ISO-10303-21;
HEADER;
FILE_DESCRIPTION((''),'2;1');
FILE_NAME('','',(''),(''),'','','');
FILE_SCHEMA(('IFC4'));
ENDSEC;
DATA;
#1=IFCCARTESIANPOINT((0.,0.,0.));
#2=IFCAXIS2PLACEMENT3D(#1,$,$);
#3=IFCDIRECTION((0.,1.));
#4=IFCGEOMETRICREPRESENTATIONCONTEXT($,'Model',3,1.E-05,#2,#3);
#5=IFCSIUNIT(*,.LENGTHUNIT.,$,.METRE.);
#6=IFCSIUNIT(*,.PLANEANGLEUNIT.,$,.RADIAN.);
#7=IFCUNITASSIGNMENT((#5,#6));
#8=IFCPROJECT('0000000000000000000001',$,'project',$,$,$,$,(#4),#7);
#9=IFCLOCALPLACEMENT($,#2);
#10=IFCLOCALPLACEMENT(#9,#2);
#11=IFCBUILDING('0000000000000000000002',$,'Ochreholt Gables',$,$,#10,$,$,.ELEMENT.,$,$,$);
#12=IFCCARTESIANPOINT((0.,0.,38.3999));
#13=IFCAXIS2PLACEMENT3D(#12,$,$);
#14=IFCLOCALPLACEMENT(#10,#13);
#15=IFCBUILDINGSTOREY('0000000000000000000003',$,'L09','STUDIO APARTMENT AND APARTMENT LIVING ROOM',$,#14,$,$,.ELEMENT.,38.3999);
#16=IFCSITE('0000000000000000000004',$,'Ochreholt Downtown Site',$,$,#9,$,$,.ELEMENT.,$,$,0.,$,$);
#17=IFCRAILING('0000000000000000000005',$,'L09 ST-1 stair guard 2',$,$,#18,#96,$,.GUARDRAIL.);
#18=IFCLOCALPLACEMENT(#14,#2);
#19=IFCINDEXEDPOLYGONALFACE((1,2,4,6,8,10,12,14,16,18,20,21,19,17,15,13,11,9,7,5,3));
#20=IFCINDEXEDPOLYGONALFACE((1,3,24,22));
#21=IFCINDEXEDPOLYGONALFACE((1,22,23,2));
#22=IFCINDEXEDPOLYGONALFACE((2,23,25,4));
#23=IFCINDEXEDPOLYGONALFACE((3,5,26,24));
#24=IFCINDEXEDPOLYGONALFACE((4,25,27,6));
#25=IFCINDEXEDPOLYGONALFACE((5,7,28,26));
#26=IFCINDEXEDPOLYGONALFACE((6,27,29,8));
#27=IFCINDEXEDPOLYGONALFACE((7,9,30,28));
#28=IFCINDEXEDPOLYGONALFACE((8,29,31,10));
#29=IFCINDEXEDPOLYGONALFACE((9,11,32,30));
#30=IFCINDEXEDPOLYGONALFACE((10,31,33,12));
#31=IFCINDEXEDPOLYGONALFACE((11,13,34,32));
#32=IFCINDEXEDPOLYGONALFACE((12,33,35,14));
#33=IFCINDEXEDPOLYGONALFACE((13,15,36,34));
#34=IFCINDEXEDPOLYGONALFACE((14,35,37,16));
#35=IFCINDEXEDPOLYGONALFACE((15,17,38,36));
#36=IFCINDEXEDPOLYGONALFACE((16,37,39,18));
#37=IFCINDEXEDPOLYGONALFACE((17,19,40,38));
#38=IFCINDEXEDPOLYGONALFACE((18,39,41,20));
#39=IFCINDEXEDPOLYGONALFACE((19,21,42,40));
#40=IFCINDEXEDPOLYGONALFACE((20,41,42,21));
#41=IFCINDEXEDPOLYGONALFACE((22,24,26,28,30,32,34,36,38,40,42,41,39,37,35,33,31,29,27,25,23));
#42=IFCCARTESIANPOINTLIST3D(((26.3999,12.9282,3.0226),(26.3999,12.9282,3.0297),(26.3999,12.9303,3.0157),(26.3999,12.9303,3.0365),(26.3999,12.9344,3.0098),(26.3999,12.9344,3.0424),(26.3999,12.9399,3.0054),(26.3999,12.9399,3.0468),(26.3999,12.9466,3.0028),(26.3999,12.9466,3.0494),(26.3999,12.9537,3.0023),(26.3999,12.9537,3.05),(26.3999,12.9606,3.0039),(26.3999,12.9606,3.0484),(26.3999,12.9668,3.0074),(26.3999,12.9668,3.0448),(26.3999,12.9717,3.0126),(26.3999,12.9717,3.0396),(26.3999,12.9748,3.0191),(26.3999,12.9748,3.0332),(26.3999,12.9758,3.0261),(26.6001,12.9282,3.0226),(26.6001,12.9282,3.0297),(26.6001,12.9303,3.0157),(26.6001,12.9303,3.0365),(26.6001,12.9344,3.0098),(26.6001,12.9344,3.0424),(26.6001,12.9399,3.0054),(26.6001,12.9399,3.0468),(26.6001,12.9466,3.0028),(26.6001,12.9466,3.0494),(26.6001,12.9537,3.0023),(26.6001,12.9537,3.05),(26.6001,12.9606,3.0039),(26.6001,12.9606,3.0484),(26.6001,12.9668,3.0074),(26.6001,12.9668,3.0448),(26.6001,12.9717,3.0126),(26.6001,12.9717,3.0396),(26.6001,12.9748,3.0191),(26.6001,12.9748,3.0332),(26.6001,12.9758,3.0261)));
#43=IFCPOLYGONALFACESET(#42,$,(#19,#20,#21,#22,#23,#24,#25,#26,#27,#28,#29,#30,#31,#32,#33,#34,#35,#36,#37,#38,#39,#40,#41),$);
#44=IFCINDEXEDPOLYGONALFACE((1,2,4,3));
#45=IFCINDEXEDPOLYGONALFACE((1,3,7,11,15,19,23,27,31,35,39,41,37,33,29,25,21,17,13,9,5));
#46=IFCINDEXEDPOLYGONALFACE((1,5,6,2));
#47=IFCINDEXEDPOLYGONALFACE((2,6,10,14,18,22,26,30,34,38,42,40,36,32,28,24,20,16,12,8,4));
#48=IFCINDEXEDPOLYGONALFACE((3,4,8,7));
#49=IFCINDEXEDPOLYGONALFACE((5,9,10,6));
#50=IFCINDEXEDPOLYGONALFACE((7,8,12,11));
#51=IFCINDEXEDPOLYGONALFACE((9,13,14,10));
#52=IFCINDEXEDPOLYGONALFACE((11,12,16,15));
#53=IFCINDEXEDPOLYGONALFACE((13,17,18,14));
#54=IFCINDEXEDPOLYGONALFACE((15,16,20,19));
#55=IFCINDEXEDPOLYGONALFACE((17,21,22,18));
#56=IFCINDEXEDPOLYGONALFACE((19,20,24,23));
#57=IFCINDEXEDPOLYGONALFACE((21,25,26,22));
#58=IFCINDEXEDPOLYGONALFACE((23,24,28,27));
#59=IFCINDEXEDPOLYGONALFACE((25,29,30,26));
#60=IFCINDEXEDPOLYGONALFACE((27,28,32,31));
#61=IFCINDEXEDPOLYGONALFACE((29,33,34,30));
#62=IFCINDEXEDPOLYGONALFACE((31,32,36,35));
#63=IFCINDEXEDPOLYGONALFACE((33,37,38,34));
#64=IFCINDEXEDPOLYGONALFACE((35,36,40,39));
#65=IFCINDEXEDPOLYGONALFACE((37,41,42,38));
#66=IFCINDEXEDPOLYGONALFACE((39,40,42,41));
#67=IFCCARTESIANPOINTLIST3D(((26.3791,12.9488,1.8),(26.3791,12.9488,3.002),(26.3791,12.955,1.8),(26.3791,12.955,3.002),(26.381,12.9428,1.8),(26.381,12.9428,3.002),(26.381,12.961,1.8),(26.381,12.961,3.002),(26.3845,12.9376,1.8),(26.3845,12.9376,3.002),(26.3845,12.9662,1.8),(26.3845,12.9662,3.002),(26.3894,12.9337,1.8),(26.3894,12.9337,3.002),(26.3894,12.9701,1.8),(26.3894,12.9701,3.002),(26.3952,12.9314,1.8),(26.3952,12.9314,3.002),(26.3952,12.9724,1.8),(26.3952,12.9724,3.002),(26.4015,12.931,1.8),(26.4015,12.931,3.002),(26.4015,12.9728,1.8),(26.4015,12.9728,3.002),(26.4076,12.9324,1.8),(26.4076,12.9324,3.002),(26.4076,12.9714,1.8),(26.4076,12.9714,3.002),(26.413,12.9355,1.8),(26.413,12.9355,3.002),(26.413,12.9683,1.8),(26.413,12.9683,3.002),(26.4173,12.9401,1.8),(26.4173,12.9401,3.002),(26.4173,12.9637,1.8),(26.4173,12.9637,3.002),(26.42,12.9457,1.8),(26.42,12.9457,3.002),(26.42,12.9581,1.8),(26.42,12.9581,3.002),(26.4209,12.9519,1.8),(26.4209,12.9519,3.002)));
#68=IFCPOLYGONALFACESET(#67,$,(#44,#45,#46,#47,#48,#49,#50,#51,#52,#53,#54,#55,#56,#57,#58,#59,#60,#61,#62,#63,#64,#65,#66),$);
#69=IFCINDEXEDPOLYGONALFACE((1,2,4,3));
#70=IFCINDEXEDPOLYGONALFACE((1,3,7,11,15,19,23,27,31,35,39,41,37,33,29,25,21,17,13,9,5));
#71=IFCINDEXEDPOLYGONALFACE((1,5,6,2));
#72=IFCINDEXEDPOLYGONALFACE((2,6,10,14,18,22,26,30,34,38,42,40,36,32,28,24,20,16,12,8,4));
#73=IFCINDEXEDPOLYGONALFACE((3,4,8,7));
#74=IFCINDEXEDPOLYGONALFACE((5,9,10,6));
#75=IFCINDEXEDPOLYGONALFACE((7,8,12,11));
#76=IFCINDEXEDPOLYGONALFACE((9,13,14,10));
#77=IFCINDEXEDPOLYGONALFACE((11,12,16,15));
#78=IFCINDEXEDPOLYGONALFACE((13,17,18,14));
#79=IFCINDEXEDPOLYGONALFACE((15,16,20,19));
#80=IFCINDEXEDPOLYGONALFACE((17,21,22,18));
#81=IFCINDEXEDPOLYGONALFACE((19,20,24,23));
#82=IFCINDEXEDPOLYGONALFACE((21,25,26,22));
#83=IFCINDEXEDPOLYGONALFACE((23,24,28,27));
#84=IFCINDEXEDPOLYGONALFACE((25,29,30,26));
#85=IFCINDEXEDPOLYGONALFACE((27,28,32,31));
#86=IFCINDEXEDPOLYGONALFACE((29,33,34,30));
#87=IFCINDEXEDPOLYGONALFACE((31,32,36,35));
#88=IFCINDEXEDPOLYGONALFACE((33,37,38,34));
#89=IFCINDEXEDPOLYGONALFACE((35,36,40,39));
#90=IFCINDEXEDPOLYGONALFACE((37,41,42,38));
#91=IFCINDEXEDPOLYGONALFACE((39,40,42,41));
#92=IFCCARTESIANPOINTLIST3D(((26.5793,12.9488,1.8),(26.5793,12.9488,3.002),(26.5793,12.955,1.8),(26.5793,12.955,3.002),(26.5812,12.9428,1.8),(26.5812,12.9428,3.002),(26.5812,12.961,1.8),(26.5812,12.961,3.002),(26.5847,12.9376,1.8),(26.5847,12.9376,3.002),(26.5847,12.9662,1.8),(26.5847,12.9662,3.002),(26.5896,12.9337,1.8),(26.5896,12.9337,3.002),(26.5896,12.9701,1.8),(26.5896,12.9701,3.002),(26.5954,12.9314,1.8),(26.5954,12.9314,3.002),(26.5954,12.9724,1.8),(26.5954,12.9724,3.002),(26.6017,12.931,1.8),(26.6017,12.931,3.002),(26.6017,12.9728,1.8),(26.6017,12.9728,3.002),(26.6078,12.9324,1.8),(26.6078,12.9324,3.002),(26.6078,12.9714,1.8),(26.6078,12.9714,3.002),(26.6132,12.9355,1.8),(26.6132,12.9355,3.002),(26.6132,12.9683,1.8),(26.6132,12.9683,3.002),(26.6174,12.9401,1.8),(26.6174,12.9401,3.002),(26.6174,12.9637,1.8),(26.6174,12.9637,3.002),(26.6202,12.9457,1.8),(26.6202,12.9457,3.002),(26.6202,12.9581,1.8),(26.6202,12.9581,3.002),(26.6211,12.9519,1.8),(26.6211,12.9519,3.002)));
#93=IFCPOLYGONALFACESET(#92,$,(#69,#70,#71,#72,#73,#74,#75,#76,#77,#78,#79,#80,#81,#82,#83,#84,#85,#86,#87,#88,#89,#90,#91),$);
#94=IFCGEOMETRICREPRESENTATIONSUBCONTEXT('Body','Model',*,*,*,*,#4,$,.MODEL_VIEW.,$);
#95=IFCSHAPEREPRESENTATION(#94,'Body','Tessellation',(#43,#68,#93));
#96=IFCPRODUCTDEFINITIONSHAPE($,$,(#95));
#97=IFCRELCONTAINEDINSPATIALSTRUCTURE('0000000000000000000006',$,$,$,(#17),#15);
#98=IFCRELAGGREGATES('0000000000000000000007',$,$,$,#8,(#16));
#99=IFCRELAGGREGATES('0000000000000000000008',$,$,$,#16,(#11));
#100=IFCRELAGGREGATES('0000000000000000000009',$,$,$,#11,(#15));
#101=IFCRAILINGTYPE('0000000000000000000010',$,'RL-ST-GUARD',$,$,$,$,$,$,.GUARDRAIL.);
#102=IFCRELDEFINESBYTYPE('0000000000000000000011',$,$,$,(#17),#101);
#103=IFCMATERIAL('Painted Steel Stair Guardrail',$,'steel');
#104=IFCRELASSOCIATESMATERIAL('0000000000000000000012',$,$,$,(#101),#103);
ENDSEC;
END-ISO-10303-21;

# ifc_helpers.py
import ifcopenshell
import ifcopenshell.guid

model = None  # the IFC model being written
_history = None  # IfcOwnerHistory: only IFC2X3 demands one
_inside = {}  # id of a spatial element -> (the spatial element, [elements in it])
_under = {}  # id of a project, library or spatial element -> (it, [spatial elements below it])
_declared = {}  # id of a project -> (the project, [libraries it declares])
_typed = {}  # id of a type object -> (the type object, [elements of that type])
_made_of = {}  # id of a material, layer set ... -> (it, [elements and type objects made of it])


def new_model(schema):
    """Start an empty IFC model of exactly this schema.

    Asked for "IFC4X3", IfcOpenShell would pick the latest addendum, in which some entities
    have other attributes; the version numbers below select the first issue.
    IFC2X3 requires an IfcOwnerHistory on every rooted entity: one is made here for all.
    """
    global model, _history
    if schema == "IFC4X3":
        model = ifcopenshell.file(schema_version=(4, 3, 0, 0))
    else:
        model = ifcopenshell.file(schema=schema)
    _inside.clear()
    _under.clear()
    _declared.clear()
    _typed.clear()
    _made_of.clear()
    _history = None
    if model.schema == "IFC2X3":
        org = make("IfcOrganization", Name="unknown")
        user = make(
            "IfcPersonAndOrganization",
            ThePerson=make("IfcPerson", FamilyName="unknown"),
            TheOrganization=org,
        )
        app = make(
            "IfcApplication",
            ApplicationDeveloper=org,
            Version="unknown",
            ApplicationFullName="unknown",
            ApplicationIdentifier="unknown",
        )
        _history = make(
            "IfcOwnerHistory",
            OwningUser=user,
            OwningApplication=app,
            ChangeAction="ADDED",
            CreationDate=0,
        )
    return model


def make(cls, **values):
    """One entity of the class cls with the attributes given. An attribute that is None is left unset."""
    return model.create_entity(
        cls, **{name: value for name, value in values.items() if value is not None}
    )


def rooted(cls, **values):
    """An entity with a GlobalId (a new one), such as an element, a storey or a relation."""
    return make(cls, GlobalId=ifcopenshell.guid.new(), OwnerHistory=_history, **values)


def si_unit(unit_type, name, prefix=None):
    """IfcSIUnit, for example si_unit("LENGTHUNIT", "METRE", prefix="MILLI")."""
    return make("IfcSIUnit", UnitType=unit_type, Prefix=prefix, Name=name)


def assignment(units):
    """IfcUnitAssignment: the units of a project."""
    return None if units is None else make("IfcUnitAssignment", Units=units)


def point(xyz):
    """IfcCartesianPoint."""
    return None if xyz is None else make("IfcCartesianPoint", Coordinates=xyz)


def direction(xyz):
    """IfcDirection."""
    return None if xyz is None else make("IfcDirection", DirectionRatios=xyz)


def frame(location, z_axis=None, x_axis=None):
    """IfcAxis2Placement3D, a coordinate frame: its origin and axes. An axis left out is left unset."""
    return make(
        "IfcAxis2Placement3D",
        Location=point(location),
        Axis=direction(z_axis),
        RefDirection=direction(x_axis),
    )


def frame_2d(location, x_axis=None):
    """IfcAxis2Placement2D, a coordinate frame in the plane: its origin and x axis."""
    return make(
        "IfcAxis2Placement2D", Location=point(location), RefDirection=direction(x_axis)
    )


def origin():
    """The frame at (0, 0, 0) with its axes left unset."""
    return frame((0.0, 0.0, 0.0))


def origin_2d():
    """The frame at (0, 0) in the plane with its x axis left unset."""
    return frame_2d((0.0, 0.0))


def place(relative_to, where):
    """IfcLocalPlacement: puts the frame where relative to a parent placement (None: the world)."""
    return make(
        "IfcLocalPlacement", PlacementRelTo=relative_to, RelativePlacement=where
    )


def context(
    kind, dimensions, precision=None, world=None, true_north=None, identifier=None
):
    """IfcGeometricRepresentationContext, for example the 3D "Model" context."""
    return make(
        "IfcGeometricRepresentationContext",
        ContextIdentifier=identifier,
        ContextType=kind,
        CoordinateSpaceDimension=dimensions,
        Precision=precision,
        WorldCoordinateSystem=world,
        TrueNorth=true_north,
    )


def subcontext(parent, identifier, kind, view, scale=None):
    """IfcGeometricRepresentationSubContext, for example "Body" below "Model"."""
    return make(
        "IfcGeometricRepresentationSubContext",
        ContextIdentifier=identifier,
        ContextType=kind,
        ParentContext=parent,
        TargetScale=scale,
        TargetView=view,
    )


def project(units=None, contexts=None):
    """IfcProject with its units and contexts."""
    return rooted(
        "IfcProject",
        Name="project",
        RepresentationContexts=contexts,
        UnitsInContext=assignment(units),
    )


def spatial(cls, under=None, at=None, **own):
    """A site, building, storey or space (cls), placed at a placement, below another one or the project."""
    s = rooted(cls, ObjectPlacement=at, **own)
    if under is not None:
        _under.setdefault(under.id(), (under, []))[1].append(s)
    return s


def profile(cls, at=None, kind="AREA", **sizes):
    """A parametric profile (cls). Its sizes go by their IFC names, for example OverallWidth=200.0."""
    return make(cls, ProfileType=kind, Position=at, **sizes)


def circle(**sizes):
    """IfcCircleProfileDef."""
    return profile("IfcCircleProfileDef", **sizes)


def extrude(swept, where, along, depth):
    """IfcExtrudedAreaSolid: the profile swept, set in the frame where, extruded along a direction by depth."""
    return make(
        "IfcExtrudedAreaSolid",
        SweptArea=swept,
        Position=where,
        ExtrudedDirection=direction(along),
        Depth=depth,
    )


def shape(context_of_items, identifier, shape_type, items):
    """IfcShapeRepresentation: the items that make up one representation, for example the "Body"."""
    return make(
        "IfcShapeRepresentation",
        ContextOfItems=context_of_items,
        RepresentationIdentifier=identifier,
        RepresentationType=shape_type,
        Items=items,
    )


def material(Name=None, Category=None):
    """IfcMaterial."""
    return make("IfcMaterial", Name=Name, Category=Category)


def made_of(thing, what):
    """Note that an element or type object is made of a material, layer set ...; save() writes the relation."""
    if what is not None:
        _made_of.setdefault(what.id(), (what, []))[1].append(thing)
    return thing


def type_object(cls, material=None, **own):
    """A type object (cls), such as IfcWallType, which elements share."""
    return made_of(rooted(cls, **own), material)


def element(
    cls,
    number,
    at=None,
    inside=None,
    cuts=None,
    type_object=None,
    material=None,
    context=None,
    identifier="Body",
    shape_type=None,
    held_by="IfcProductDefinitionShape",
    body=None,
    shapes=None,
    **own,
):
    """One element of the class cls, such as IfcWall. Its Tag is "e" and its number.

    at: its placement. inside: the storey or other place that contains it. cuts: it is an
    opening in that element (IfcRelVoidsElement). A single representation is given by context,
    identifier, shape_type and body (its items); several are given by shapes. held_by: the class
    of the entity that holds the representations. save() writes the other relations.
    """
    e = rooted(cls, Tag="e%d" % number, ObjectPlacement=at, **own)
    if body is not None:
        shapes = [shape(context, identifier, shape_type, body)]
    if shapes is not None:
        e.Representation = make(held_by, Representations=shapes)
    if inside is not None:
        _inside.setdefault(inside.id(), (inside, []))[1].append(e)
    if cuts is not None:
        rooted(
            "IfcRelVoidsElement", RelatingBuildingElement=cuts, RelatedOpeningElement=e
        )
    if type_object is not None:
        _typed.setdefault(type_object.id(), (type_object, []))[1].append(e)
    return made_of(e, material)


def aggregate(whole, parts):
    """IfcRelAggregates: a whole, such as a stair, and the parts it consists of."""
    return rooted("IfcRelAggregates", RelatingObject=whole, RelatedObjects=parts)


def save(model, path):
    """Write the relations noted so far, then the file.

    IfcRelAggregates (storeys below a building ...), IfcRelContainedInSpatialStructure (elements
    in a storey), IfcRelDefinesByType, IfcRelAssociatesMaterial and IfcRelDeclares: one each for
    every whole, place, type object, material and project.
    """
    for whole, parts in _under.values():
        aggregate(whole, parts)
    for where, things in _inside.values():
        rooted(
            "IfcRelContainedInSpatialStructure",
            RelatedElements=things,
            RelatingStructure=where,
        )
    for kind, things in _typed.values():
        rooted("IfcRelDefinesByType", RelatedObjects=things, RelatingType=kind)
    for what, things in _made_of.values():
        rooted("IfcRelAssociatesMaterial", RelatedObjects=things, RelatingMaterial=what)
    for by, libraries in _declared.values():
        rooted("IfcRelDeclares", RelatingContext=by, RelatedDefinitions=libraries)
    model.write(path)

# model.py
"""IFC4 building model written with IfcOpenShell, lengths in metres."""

from ifc_helpers import new_model, si_unit, direction, frame, origin, origin_2d, place, context, subcontext, project, spatial, circle, extrude, material, type_object, element, save


model = new_model("IFC4")

# Units and contexts
model_context = context("Model", 3, precision=1e-05, world=origin(), true_north=direction((0.0, 1.0)))
body_context = subcontext(model_context, "Body", "Model", "MODEL_VIEW")
ifc_project = project(units=[si_unit("LENGTHUNIT", "METRE"), si_unit("PLANEANGLEUNIT", "RADIAN")], contexts=[model_context])

# Site, building, storey
site_placement = place(None, origin())
site = spatial("IfcSite", under=ifc_project, at=site_placement, Name="Ochreholt Downtown Site", CompositionType="ELEMENT", RefElevation=0.0)
building_placement = place(site_placement, origin())
building = spatial("IfcBuilding", under=site, at=building_placement, Name="Ochreholt Gables", CompositionType="ELEMENT")
storey_placement = place(building_placement, frame((0.0, 0.0, 38.3999)))
storey = spatial("IfcBuildingStorey", under=building, at=storey_placement, Name="L09", Description="STUDIO APARTMENT AND APARTMENT LIVING ROOM", CompositionType="ELEMENT", Elevation=38.3999)

# Railing
ifc_material_1 = material(Name="Painted Steel Stair Guardrail", Category="steel")
railing_type_1 = type_object("IfcRailingType", Name="RL-ST-GUARD", PredefinedType="GUARDRAIL", material=ifc_material_1)
railing_1_placement = place(storey_placement, frame((26.3999, 12.9519, 1.8)))
element("IfcRailing", 1, at=railing_1_placement, inside=storey, type_object=railing_type_1, Name="L09 ST-1 stair guard 2", PredefinedType="GUARDRAIL", context=body_context, shape_type="SweptSolid", body=[
    extrude(circle(Radius=0.0239, at=origin_2d()), frame((0.0, 0.0, 1.2261), z_axis=(1.0, 0.0, 0.0), x_axis=(0.0, 1.0, 0.0)), (0.0, 0.0, 1.0), 0.2002),
    extrude(circle(Radius=0.021, at=origin_2d()), origin(), (0.0, 0.0, 1.0), 1.2019),
    extrude(circle(Radius=0.021, at=origin_2d()), frame((0.2002, 0.0, 0.0)), (0.0, 0.0, 1.0), 1.2019),
])

save(model, "model.ifc")
